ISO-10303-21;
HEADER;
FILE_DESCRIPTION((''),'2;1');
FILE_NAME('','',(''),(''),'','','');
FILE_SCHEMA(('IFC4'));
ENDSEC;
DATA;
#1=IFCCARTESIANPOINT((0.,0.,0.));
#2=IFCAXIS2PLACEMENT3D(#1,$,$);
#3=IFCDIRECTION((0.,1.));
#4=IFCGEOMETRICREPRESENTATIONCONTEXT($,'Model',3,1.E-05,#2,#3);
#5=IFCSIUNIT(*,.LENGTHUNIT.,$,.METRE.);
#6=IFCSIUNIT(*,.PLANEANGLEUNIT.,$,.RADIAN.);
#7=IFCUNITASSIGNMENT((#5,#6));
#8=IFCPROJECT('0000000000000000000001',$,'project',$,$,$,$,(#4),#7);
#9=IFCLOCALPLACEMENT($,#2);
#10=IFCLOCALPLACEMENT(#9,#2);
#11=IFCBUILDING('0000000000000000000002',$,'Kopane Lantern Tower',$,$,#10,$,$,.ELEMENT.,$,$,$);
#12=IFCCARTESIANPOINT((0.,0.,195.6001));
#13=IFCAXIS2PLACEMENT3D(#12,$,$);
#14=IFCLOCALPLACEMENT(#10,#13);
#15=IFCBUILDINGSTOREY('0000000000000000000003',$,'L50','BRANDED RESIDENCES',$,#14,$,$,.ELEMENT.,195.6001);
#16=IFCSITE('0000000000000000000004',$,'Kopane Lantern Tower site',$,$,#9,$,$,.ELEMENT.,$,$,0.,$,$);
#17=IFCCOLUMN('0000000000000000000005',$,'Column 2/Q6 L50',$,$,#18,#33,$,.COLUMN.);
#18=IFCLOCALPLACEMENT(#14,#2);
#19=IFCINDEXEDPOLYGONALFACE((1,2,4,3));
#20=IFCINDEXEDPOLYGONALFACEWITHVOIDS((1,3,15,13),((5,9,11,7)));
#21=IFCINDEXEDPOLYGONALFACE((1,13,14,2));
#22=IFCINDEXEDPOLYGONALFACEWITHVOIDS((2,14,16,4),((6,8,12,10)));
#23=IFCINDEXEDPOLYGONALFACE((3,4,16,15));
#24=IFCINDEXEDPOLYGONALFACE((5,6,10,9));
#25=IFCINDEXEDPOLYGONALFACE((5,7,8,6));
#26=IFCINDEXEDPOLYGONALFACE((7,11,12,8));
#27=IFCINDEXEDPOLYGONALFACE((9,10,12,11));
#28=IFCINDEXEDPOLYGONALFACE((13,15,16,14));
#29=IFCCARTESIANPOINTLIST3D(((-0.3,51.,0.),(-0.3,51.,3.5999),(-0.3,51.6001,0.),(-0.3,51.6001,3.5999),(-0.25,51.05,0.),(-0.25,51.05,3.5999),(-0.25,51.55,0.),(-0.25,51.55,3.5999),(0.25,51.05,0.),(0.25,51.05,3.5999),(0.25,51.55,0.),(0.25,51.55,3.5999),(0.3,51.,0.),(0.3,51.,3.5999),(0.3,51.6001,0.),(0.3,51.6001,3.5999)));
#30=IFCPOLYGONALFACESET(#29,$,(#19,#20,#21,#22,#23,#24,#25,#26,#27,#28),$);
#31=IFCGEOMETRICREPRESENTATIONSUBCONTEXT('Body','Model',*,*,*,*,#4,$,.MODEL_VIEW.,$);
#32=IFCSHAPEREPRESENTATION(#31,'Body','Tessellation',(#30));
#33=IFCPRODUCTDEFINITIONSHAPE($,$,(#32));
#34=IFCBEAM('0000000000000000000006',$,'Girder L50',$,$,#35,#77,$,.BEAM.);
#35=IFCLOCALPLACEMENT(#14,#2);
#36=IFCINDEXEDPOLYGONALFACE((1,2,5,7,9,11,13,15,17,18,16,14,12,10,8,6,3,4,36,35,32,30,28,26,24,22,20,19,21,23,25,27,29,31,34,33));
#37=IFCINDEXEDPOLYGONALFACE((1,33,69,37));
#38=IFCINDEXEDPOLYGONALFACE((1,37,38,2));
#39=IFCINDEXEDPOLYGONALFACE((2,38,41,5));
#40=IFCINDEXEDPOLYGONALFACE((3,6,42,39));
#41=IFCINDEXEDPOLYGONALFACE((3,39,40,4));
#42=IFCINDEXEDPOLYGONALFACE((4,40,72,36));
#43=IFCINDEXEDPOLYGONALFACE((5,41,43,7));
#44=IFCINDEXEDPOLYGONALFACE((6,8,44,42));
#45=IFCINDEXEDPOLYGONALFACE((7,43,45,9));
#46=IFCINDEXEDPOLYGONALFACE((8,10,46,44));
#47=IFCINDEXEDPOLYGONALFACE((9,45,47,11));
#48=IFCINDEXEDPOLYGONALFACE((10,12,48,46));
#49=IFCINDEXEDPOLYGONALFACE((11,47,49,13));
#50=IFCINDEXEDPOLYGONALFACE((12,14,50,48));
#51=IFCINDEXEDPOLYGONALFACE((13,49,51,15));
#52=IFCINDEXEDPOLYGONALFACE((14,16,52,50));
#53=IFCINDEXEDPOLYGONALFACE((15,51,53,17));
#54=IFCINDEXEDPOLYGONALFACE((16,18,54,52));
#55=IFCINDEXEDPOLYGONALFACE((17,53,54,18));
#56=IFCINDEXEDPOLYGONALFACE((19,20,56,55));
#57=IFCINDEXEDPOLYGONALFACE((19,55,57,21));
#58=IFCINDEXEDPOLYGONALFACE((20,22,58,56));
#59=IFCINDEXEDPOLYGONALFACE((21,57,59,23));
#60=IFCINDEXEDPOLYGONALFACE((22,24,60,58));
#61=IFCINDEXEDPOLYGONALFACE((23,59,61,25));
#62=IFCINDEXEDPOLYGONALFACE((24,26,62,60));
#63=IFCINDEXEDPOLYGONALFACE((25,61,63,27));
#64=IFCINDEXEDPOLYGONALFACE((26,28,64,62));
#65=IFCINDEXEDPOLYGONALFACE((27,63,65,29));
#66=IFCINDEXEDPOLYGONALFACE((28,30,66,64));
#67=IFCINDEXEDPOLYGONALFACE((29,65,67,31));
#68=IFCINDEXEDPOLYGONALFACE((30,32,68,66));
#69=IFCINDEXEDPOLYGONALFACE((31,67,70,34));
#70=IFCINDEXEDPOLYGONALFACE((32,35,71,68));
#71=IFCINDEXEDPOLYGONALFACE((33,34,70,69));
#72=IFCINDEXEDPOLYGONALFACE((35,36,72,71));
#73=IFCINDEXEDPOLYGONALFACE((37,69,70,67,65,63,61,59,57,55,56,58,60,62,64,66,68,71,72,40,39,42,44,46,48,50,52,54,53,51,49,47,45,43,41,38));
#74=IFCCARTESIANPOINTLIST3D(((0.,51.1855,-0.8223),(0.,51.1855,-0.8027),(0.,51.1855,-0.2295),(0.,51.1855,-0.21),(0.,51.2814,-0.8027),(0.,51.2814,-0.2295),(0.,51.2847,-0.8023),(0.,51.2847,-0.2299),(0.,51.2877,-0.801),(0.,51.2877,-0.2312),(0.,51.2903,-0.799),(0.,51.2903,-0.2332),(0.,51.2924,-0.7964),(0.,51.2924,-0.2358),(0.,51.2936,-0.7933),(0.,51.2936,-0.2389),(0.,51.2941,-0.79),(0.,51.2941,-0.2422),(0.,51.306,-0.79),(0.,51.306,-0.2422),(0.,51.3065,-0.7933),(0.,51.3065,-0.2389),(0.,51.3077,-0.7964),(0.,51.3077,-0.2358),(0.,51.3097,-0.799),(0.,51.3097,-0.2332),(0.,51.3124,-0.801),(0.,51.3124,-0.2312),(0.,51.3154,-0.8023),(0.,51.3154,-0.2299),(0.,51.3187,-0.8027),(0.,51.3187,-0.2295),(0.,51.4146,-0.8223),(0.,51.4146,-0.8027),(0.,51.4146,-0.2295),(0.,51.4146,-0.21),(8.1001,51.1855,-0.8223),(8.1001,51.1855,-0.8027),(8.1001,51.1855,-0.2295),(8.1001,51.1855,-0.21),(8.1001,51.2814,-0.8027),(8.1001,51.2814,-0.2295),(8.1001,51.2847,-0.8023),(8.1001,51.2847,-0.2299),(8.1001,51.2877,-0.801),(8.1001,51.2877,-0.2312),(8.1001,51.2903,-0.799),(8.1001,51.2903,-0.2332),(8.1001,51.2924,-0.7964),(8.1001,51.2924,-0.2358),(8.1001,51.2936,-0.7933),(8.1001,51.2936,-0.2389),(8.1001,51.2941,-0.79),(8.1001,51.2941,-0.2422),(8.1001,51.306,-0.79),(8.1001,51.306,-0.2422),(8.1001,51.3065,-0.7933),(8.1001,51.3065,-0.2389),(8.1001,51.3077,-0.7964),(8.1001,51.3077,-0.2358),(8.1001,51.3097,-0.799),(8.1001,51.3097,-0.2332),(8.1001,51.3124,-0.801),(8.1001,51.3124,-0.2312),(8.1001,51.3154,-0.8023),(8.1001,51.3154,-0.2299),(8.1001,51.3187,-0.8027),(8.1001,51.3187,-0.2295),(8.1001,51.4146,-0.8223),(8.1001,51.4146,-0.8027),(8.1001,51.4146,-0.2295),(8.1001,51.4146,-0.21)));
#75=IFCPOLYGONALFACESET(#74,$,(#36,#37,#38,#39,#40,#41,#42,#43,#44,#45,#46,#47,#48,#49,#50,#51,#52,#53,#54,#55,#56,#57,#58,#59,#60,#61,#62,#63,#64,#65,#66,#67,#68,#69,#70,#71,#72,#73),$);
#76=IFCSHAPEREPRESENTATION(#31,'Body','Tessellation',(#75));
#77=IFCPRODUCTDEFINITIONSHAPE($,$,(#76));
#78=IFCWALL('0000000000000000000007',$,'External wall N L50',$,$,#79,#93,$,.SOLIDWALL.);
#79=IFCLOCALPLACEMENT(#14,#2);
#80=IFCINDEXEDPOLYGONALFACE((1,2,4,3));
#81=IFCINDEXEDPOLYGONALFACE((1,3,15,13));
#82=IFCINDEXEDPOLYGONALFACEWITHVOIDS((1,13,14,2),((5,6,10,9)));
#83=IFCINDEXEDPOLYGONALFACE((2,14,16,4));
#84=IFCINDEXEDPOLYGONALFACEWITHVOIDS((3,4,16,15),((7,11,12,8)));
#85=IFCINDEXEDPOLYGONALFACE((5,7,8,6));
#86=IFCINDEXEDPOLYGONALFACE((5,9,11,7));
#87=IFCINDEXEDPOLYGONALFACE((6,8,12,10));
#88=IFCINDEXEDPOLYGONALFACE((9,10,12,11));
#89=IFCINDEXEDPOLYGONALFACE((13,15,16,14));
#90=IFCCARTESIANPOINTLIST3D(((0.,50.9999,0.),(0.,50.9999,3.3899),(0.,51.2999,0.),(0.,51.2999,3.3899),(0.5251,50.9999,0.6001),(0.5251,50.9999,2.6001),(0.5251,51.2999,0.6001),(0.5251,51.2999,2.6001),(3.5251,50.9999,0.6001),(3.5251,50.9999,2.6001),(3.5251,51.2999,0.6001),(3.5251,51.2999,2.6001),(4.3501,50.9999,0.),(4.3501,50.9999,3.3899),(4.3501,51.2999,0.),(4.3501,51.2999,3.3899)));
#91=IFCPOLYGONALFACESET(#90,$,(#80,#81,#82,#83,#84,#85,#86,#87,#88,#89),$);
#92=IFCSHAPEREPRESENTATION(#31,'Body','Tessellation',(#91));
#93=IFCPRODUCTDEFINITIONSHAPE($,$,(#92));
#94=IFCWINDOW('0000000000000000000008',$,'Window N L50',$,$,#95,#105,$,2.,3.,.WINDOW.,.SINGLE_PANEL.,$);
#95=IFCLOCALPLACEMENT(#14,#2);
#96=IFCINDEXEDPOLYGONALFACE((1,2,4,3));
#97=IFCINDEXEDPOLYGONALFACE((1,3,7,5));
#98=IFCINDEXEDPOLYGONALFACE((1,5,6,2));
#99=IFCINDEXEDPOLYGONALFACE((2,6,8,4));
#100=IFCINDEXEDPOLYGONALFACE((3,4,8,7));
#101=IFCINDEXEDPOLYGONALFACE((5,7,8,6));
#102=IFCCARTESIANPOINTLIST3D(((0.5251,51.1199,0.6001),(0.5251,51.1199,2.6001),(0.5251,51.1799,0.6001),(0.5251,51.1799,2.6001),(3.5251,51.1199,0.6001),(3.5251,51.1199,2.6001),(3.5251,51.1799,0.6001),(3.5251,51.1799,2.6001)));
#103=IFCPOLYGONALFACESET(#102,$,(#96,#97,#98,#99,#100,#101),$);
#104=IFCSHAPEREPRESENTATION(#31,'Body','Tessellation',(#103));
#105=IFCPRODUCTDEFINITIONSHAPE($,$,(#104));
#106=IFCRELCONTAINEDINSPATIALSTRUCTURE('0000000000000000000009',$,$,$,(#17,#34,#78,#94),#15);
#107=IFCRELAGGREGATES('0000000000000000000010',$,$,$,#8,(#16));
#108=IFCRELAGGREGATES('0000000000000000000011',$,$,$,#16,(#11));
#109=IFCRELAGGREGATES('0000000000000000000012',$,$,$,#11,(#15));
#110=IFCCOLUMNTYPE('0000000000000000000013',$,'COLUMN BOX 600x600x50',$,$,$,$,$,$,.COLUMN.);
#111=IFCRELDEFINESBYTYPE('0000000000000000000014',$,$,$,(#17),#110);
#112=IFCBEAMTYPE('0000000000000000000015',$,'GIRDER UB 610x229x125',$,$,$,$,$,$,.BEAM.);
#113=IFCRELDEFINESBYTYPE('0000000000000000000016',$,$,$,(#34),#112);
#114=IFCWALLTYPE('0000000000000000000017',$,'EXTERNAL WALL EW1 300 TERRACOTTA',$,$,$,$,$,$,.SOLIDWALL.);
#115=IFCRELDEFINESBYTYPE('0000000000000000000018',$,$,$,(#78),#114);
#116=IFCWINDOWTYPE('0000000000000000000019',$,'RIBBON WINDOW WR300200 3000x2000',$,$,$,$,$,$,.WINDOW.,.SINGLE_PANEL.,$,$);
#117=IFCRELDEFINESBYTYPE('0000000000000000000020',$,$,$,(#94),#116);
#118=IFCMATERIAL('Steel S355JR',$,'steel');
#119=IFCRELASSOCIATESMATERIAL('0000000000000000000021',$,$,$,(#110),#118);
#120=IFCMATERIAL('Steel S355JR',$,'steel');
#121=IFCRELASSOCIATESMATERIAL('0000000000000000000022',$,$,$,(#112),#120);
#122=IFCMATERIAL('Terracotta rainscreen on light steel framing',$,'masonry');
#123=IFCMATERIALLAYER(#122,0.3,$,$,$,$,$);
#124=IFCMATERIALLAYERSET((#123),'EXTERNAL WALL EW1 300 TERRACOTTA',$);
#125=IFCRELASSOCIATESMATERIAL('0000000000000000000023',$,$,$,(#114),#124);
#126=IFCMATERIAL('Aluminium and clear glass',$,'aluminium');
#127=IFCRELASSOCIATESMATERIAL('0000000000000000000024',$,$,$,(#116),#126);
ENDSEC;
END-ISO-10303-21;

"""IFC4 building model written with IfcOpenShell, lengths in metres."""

from ifc_helpers import new_model, si_unit, direction, frame, frame_2d, origin, origin_2d, place, context, subcontext, project, spatial, rectangle, hollow_rectangle, i_section, extrude, material, layer, layer_set, material_profile, profile_set, type_object, element, fill, save


model = new_model("IFC4")

# Units and contexts
model_context = context("Model", 3, precision=1e-05, world=origin(), true_north=direction((0.0, 1.0)))
body_context = subcontext(model_context, "Body", "Model", "MODEL_VIEW")
ifc_project = project(units=[si_unit("LENGTHUNIT", "METRE"), si_unit("PLANEANGLEUNIT", "RADIAN")], contexts=[model_context])

# Site, building, storey
site_placement = place(None, origin())
site = spatial("IfcSite", under=ifc_project, at=site_placement, Name="Kopane Lantern Tower site", CompositionType="ELEMENT", RefElevation=0.0)
building_placement = place(site_placement, origin())
building = spatial("IfcBuilding", under=site, at=building_placement, Name="Kopane Lantern Tower", CompositionType="ELEMENT")
storey_placement = place(building_placement, frame((0.0, 0.0, 195.6001)))
storey = spatial("IfcBuildingStorey", under=building, at=storey_placement, Name="L50", Description="BRANDED RESIDENCES", CompositionType="ELEMENT", Elevation=195.6001)

# Column
ifc_material_1 = material(Name="Steel S355JR", Category="steel")
ifc_material_profile_1 = material_profile(ifc_material_1, hollow_rectangle(XDim=0.6001, YDim=0.6001, WallThickness=0.05, at=origin_2d()), Name="BOX 600x600x50")
ifc_profile_set_1 = profile_set([ifc_material_profile_1], Name="Steel S355JR")
column_type = type_object("IfcColumnType", Name="COLUMN BOX 600x600x50", PredefinedType="COLUMN", material=ifc_profile_set_1)
column_placement = place(storey_placement, frame((0.0, 51.3, 0.0), z_axis=(0.0, 0.0, 1.0), x_axis=(1.0, 0.0, 0.0)))
element("IfcColumn", 1, at=column_placement, inside=storey, type_object=column_type, Name="Column 2/Q6 L50", PredefinedType="COLUMN", context=body_context, shape_type="SweptSolid", body=[
    extrude(hollow_rectangle(XDim=0.6001, YDim=0.6001, WallThickness=0.05, at=origin_2d()), origin(), (0.0, 0.0, 1.0), 3.5999),
])

# Beam
ifc_material_2 = material(Name="Steel S355JR", Category="steel")
ifc_material_profile_2 = material_profile(ifc_material_2, i_section(OverallWidth=0.229, OverallDepth=0.6123, WebThickness=0.012, FlangeThickness=0.0195, FilletRadius=0.0127, at=origin_2d()), Name="UB 610x229x125")
ifc_profile_set_2 = profile_set([ifc_material_profile_2], Name="Steel S355JR")
beam_type = type_object("IfcBeamType", Name="GIRDER UB 610x229x125", PredefinedType="BEAM", material=ifc_profile_set_2)
beam_placement = place(storey_placement, frame((0.0, 51.3, -0.5161), z_axis=(1.0, 0.0, 0.0), x_axis=(0.0, 1.0, 0.0)))
element("IfcBeam", 2, at=beam_placement, inside=storey, type_object=beam_type, Name="Girder L50", PredefinedType="BEAM", context=body_context, shape_type="SweptSolid", body=[
    extrude(i_section(OverallWidth=0.229, OverallDepth=0.6123, WebThickness=0.012, FlangeThickness=0.0195, FilletRadius=0.0127, at=origin_2d()), origin(), (0.0, 0.0, 1.0), 8.1001),
])

# Wall, opening, window
ifc_material_3 = material(Name="Terracotta rainscreen on light steel framing", Category="masonry")
ifc_layer = layer(ifc_material_3, 0.3)
ifc_layer_set = layer_set([ifc_layer], Name="EXTERNAL WALL EW1 300 TERRACOTTA")
wall_type = type_object("IfcWallType", Name="EXTERNAL WALL EW1 300 TERRACOTTA", PredefinedType="SOLIDWALL", material=ifc_layer_set)
wall_placement = place(storey_placement, frame((4.3501, 51.1499, 0.0), z_axis=(0.0, 0.0, 1.0), x_axis=(-1.0, 0.0, 0.0)))
wall = element("IfcWall", 3, at=wall_placement, inside=storey, type_object=wall_type, Name="External wall N L50", PredefinedType="SOLIDWALL", context=body_context, shape_type="SweptSolid", body=[
    extrude(rectangle(XDim=4.3501, YDim=0.3, at=frame_2d((2.175, 0.0))), origin(), (0.0, 0.0, 1.0), 3.3899),
])
opening_placement = place(wall_placement, frame((0.825, 0.0, 0.6001)))
opening = element("IfcOpeningElement", 4, at=opening_placement, cuts=wall, PredefinedType="OPENING", context=body_context, shape_type="SweptSolid", body=[
    extrude(rectangle(XDim=3.0, YDim=2.0, at=frame_2d((1.5, 1.0))), frame((0.0, 0.1599, 0.0), z_axis=(0.0, -1.0, 0.0), x_axis=(1.0, 0.0, 0.0)), (0.0, 0.0, 1.0), 0.3201),
])
ifc_material_4 = material(Name="Aluminium and clear glass", Category="aluminium")
window_type = type_object("IfcWindowType", Name="RIBBON WINDOW WR300200 3000x2000", PartitioningType="SINGLE_PANEL", PredefinedType="WINDOW", material=ifc_material_4)
window_placement = place(opening_placement, origin())
window = element("IfcWindow", 5, at=window_placement, inside=storey, type_object=window_type, Name="Window N L50", OverallHeight=2.0, OverallWidth=3.0, PartitioningType="SINGLE_PANEL", PredefinedType="WINDOW", context=body_context, shape_type="SweptSolid", body=[
    extrude(rectangle(XDim=3.0, YDim=2.0, at=frame_2d((1.5, 1.0))), frame((0.0, 0.03, 0.0), z_axis=(0.0, -1.0, 0.0), x_axis=(1.0, 0.0, 0.0)), (0.0, 0.0, 1.0), 0.0601),
])
fill(opening, window)

save(model, "model.ifc")
